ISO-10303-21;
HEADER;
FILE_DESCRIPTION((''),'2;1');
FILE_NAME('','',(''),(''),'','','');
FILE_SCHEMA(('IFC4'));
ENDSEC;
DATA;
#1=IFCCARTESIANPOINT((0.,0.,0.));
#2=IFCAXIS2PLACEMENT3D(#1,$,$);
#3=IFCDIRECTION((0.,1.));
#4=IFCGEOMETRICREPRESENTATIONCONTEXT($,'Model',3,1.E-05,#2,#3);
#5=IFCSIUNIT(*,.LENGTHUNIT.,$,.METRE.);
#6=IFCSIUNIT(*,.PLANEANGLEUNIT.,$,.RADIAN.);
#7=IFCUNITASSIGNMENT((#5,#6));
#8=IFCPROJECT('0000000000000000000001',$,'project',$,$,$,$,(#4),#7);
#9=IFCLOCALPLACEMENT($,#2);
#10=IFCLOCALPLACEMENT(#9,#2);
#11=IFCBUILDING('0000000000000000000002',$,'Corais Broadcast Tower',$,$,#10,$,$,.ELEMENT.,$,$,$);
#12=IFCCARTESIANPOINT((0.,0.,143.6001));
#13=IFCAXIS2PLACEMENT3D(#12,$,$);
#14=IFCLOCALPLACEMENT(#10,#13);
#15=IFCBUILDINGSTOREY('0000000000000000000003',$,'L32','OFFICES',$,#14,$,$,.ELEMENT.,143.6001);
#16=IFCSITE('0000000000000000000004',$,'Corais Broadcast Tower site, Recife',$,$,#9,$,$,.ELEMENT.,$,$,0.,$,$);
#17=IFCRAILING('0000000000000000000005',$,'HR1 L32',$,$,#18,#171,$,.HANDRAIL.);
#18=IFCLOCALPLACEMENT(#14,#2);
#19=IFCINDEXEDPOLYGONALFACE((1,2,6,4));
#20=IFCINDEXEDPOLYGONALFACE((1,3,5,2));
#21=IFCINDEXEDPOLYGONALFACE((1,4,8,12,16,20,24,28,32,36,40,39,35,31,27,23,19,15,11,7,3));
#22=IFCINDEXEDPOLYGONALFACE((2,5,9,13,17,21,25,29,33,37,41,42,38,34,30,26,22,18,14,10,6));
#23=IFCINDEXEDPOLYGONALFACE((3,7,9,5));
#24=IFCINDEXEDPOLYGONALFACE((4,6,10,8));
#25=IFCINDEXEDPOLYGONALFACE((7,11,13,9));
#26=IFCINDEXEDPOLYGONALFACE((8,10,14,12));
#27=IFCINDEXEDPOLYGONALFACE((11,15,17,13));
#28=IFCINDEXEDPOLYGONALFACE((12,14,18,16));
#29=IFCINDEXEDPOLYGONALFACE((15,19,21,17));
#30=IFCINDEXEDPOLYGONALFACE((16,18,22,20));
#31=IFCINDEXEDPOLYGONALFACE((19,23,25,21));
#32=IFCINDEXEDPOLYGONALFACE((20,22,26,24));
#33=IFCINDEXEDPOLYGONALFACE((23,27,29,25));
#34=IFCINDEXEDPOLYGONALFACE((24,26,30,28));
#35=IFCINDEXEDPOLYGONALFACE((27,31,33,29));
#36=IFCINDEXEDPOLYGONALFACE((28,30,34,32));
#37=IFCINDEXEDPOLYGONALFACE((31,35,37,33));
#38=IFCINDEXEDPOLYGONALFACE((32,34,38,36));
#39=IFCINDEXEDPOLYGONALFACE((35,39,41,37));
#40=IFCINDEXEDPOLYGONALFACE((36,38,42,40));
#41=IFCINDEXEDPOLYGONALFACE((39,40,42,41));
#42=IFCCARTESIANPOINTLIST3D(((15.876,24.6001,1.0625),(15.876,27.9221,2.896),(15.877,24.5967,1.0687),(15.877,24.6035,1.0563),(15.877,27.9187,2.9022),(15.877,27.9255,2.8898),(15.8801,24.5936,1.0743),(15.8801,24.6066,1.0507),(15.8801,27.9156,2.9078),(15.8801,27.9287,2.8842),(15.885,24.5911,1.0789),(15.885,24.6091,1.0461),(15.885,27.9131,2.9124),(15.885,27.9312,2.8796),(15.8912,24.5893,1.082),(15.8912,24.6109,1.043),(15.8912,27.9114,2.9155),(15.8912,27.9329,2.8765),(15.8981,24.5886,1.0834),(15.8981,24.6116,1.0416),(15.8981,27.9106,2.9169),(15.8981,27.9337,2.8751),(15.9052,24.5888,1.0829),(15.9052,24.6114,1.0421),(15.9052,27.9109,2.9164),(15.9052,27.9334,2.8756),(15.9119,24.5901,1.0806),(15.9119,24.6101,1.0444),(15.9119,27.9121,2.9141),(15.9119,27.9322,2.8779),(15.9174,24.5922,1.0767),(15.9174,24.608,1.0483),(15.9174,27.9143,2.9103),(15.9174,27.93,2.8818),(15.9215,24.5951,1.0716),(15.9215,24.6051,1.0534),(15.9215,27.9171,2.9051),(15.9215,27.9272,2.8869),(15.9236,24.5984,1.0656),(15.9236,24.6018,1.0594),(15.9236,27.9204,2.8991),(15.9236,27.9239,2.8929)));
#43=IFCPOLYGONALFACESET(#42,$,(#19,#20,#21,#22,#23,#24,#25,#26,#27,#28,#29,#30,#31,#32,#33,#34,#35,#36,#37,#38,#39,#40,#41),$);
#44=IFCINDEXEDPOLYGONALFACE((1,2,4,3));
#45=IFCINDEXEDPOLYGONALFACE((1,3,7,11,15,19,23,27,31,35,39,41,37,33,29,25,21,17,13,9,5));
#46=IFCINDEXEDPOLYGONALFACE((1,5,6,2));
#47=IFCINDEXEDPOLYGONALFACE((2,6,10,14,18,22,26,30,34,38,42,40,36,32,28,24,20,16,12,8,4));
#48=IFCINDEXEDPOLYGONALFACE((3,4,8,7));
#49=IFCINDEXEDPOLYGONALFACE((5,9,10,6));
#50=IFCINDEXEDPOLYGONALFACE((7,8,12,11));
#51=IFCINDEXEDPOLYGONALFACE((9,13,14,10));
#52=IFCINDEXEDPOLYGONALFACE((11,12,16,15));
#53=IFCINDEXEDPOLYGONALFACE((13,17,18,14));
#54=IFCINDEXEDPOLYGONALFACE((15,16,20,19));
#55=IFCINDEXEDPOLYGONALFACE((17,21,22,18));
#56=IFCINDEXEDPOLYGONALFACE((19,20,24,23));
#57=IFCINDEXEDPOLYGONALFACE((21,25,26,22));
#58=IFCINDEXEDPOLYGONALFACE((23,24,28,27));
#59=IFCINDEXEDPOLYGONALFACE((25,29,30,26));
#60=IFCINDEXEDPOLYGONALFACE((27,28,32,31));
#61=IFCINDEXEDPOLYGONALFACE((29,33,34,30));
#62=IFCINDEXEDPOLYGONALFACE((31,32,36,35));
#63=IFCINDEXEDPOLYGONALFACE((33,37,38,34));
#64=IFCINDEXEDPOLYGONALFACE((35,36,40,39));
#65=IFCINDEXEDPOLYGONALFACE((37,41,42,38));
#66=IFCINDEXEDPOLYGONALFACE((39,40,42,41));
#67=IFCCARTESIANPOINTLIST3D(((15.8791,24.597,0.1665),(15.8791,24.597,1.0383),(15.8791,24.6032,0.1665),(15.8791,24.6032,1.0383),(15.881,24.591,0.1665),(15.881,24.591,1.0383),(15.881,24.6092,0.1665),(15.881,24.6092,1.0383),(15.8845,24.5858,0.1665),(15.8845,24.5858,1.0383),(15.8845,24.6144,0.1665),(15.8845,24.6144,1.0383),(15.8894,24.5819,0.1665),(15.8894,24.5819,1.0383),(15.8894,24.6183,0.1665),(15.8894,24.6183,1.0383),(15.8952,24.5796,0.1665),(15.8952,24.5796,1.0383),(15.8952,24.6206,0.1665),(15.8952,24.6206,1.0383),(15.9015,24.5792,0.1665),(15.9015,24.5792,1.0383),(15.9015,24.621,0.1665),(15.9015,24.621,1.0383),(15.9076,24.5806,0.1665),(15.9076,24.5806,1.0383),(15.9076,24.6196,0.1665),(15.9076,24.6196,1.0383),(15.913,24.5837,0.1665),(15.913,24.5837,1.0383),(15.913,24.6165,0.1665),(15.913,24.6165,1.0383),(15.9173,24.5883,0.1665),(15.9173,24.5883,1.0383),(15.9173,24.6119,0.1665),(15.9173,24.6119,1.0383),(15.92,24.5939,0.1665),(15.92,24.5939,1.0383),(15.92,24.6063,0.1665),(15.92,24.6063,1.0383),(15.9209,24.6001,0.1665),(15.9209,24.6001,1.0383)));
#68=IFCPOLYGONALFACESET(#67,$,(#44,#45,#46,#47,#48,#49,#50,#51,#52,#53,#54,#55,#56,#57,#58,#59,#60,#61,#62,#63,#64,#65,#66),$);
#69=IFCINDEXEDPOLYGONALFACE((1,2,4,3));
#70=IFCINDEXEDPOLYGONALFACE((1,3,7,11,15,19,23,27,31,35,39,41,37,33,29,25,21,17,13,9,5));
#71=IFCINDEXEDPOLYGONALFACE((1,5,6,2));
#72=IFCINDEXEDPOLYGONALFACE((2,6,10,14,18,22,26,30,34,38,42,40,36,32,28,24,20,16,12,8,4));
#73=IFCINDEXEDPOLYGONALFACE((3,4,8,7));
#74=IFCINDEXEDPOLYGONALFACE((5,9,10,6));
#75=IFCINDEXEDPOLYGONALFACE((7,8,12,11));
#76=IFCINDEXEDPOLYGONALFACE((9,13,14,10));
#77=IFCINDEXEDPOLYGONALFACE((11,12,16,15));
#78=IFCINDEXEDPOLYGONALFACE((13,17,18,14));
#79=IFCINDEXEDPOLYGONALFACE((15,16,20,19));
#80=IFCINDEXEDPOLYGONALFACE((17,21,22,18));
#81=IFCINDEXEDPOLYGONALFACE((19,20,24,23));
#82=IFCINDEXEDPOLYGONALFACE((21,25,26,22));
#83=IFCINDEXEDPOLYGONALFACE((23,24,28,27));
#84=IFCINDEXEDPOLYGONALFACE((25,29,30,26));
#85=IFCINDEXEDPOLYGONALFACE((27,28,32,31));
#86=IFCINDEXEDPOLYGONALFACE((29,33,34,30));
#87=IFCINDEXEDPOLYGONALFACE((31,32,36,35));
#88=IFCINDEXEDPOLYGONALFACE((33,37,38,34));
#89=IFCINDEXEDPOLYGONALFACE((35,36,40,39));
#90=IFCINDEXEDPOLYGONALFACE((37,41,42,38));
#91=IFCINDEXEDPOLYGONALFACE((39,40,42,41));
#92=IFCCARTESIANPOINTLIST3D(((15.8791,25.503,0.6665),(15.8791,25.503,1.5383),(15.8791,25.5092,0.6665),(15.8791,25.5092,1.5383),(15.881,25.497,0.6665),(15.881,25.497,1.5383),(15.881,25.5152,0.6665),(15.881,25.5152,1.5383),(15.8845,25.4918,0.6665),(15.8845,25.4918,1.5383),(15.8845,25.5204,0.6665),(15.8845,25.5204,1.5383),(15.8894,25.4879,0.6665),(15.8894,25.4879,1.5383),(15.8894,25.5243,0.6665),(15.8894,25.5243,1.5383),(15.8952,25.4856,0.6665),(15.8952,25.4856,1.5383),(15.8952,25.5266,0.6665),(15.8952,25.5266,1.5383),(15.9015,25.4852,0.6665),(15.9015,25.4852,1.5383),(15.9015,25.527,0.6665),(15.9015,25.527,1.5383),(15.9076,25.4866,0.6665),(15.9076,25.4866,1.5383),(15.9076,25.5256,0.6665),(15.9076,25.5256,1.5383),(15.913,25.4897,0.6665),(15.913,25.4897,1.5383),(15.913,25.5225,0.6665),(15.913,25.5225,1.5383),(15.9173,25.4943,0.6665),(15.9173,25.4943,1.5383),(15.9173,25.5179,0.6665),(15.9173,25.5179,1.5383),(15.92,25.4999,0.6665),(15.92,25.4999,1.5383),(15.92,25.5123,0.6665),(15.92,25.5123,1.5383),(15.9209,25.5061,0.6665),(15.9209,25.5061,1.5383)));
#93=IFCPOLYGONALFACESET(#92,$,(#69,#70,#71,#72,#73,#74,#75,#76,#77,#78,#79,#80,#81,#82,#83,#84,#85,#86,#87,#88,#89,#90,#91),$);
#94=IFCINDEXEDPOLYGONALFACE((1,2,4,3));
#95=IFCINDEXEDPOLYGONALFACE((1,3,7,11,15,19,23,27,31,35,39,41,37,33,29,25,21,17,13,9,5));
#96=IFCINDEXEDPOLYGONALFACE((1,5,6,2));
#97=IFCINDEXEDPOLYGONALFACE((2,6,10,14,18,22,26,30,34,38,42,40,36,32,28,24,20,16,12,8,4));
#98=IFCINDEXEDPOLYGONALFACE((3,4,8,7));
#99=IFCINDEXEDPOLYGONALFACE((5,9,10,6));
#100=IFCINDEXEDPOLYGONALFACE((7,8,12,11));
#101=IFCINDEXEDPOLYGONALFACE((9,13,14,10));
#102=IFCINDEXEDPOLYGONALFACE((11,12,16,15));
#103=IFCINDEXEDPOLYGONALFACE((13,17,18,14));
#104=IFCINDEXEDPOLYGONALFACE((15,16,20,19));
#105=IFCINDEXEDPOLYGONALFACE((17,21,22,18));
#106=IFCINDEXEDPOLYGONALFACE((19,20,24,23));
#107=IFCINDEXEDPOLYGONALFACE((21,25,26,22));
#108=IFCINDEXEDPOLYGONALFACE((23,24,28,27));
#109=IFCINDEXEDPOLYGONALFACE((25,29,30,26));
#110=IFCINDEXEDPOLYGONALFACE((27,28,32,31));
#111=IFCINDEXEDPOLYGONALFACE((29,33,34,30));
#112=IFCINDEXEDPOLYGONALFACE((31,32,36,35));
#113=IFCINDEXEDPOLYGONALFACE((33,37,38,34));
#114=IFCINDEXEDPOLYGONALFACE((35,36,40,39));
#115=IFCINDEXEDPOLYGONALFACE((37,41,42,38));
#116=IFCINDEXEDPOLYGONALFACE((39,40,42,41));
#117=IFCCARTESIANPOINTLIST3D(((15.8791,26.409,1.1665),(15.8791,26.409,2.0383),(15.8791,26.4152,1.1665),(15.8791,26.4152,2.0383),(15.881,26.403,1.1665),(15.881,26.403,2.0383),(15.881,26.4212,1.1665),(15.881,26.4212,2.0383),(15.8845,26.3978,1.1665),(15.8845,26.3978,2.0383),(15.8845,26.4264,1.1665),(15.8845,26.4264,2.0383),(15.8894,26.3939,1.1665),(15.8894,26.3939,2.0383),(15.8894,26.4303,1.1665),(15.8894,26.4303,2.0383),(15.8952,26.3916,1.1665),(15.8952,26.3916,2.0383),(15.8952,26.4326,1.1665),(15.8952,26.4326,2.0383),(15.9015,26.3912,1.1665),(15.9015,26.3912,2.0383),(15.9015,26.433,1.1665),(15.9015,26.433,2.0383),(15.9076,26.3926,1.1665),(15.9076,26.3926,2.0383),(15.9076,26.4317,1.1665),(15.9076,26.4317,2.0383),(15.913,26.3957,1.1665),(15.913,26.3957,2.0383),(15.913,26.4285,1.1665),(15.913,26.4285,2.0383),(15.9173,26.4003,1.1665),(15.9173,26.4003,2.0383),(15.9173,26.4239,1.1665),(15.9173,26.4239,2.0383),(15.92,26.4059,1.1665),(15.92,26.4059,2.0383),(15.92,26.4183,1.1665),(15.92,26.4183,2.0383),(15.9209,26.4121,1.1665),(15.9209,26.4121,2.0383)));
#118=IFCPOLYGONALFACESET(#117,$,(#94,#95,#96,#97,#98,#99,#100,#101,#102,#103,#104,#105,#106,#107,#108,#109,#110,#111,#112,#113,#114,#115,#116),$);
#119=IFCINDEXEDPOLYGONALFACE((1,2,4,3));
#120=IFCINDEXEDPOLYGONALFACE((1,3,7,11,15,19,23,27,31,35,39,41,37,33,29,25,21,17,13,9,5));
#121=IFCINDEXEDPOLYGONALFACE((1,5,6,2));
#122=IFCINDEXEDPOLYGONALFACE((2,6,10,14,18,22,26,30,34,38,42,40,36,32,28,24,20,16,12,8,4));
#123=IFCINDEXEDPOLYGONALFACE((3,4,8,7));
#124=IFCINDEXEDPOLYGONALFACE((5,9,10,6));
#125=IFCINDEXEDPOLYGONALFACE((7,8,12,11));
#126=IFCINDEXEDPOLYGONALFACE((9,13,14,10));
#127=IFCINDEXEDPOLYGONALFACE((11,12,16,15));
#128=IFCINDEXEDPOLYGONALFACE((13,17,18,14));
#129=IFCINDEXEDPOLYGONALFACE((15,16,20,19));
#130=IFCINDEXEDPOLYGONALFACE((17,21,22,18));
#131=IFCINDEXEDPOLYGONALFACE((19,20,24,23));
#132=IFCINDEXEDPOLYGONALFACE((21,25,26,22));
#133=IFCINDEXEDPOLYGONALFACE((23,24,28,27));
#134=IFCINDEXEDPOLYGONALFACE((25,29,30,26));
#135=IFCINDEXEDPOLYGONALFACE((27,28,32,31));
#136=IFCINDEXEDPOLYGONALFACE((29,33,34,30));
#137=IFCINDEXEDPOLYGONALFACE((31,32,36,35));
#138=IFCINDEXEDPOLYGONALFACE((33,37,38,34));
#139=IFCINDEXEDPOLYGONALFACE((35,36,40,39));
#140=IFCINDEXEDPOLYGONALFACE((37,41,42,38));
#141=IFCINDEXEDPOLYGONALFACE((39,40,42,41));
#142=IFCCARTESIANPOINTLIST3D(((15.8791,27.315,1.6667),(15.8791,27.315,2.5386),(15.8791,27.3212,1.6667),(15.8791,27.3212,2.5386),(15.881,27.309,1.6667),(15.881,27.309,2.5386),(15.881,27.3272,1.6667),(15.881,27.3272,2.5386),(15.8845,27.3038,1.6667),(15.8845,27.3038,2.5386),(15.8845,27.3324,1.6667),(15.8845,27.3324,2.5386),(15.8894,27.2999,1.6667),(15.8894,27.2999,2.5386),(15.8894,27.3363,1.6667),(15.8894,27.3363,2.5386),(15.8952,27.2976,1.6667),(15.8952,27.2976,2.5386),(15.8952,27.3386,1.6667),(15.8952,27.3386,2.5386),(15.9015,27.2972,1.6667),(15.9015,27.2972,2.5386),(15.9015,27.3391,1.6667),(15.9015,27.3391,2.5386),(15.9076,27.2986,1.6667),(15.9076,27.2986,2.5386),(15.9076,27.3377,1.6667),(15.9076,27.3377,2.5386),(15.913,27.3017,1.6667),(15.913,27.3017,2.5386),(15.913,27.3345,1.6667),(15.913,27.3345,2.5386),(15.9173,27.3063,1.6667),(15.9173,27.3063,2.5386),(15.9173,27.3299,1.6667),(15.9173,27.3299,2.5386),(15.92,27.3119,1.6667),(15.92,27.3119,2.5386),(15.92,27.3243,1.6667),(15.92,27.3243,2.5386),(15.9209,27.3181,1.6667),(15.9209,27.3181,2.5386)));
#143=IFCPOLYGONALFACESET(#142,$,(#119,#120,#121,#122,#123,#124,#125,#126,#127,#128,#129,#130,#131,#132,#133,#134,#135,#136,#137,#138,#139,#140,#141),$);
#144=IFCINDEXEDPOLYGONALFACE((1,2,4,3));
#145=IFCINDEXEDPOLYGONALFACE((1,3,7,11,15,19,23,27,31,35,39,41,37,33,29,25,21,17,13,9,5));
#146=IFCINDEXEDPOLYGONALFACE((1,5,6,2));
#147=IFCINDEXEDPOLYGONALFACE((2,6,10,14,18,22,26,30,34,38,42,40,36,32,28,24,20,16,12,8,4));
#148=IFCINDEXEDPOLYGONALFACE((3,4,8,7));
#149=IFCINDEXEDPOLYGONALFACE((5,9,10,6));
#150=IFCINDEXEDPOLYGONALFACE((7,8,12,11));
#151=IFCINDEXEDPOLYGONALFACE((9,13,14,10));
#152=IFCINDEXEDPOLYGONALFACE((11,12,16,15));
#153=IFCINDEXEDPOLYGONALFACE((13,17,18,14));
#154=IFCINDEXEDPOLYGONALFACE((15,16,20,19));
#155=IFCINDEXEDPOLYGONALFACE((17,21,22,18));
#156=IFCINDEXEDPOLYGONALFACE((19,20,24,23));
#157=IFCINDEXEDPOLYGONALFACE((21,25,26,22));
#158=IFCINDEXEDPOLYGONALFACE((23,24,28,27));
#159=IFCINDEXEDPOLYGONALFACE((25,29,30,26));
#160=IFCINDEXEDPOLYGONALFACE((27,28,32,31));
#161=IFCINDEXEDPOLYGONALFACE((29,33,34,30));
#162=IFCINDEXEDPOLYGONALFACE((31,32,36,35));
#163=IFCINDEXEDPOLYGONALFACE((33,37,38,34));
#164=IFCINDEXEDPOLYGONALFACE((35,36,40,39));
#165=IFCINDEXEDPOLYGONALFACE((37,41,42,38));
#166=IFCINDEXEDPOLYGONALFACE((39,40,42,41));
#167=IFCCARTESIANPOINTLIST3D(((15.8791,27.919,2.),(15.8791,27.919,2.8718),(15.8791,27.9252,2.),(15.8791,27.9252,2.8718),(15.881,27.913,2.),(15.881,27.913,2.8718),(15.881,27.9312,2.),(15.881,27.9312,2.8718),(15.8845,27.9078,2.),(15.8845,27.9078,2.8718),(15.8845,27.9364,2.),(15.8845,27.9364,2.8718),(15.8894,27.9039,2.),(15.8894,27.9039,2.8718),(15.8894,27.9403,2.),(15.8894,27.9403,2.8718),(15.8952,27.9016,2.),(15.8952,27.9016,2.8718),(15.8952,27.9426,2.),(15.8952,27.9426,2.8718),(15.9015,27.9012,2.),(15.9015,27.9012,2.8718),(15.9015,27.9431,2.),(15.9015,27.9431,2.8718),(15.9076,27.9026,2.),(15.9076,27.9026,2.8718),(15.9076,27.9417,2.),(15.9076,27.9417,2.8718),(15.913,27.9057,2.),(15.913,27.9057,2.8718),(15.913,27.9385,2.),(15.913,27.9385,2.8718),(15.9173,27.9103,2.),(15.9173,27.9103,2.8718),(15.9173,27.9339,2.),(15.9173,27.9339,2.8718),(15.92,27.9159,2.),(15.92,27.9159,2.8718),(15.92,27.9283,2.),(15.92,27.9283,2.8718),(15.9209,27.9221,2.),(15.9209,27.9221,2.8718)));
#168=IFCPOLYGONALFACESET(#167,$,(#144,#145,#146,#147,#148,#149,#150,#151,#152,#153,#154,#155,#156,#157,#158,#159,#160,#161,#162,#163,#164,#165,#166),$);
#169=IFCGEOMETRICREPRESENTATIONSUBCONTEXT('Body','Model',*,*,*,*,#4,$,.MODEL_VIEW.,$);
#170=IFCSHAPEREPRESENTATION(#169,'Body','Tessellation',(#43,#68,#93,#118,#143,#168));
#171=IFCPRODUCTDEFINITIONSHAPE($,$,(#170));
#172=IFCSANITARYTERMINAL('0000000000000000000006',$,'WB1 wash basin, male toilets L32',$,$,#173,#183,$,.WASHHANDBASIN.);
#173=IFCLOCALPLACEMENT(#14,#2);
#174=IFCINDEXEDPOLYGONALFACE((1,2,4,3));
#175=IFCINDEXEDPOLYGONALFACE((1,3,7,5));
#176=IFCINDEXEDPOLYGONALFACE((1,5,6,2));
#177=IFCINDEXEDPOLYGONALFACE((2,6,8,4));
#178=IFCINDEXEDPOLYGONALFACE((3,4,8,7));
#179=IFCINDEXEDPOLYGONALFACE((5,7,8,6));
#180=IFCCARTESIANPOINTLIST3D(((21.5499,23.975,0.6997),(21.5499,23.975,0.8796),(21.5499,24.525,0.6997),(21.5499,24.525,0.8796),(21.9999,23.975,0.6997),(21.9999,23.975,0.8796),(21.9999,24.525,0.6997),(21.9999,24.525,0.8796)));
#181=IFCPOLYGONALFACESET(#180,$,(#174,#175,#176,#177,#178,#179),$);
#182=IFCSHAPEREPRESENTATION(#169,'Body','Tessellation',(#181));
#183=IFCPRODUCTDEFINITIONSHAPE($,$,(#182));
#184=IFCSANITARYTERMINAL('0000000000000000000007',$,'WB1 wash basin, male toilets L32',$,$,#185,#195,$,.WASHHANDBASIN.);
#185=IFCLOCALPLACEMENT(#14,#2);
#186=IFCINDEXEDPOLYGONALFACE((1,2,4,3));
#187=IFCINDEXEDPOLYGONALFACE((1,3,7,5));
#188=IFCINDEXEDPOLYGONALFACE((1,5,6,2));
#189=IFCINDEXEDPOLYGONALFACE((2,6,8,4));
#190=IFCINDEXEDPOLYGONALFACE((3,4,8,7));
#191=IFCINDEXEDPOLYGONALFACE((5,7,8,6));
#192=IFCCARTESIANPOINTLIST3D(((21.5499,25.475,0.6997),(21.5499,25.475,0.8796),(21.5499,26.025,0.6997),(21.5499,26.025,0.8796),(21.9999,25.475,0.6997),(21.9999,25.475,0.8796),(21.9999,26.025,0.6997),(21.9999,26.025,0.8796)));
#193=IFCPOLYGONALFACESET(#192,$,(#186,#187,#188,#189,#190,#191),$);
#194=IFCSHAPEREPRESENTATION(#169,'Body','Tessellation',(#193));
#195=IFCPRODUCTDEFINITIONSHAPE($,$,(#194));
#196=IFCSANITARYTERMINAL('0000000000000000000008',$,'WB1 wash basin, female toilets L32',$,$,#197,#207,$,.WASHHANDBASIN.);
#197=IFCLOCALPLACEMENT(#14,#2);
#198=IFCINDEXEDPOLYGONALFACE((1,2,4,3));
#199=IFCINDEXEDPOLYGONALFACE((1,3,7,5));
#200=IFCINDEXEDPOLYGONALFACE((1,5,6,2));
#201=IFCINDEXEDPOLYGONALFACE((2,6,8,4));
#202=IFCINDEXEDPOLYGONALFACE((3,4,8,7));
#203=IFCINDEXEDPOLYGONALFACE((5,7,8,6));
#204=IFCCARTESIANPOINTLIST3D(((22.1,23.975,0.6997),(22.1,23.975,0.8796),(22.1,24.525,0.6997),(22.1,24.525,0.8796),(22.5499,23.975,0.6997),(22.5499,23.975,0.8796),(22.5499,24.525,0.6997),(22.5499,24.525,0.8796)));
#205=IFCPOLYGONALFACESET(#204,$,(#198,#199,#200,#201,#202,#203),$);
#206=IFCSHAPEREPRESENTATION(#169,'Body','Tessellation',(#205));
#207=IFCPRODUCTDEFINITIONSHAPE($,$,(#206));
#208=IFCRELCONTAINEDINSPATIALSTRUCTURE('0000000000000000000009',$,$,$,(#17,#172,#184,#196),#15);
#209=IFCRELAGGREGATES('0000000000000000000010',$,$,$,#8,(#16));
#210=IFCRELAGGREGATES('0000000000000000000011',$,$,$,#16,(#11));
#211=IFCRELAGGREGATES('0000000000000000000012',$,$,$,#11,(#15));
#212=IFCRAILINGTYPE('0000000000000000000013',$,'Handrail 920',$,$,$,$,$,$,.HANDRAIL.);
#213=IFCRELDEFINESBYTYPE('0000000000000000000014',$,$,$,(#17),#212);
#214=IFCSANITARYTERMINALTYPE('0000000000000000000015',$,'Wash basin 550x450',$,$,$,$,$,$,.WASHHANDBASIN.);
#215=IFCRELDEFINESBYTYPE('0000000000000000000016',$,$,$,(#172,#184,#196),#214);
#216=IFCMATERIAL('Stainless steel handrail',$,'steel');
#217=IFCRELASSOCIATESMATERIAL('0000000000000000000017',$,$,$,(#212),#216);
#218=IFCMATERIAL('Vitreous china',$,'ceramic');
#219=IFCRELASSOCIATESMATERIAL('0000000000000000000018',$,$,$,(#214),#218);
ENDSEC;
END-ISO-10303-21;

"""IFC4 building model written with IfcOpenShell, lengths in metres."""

from ifc_helpers import new_model, si_unit, direction, frame, origin, origin_2d, place, context, subcontext, project, spatial, rectangle, circle, extrude, material, type_object, element, save


model = new_model("IFC4")

# Units and contexts
model_context = context("Model", 3, precision=1e-05, world=origin(), true_north=direction((0.0, 1.0)))
body_context = subcontext(model_context, "Body", "Model", "MODEL_VIEW")
ifc_project = project(units=[si_unit("LENGTHUNIT", "METRE"), si_unit("PLANEANGLEUNIT", "RADIAN")], contexts=[model_context])

# Site, building, storey
site_placement = place(None, origin())
site = spatial("IfcSite", under=ifc_project, at=site_placement, Name="Corais Broadcast Tower site, Recife", CompositionType="ELEMENT", RefElevation=0.0)
building_placement = place(site_placement, origin())
building = spatial("IfcBuilding", under=site, at=building_placement, Name="Corais Broadcast Tower", CompositionType="ELEMENT")
storey_placement = place(building_placement, frame((0.0, 0.0, 143.6001)))
storey = spatial("IfcBuildingStorey", under=building, at=storey_placement, Name="L32", Description="OFFICES", CompositionType="ELEMENT", Elevation=143.6001)

# Railing
ifc_material_1 = material(Name="Stainless steel handrail", Category="steel")
railing_type = type_object("IfcRailingType", Name="Handrail 920", PredefinedType="HANDRAIL", material=ifc_material_1)
for number, where, name in (
    (1, (15.8999, 24.6001, 0.1665), "HR1 L32"),
):
    element("IfcRailing", number, at=place(storey_placement, frame(where)), inside=storey, type_object=railing_type, Name=name, PredefinedType="HANDRAIL", context=body_context, shape_type="SweptSolid", body=[
        extrude(circle(Radius=0.0239, at=origin_2d()), frame((0.0, 0.0, 0.896), z_axis=(0.0, 0.875504, 0.48321), x_axis=(-1.0, 0.0, 0.0)), (0.0, 0.0, 1.0), 3.7944),
        extrude(circle(Radius=0.021, at=origin_2d()), origin(), (0.0, 0.0, 1.0), 0.8718),
        extrude(circle(Radius=0.021, at=origin_2d()), frame((0.0, 0.906, 0.5)), (0.0, 0.0, 1.0), 0.8718),
        extrude(circle(Radius=0.021, at=origin_2d()), frame((0.0, 1.812, 1.0)), (0.0, 0.0, 1.0), 0.8718),
        extrude(circle(Radius=0.021, at=origin_2d()), frame((0.0, 2.718, 1.5002)), (0.0, 0.0, 1.0), 0.8718),
        extrude(circle(Radius=0.021, at=origin_2d()), frame((0.0, 3.322, 1.8335)), (0.0, 0.0, 1.0), 0.8718),
    ])

# Sanitary terminals
ifc_material_2 = material(Name="Vitreous china", Category="ceramic")
sanitary_terminal_type = type_object("IfcSanitaryTerminalType", Name="Wash basin 550x450", PredefinedType="WASHHANDBASIN", material=ifc_material_2)
for number, where, z_axis, x_axis, name in (
    (2, (21.7749, 24.25, 0.6997), (0.0, 0.0, 1.0), (1.0, 0.0, 0.0), "WB1 wash basin, male toilets L32"),
    (3, (21.7749, 25.75, 0.6997), (0.0, 0.0, 1.0), (1.0, 0.0, 0.0), "WB1 wash basin, male toilets L32"),
    (4, (22.325, 24.25, 0.6997), (0.0, 0.0, 1.0), (1.0, 0.0, 0.0), "WB1 wash basin, female toilets L32"),
):
    element("IfcSanitaryTerminal", number, at=place(storey_placement, frame(where, z_axis=z_axis, x_axis=x_axis)), inside=storey, type_object=sanitary_terminal_type, Name=name, PredefinedType="WASHHANDBASIN", context=body_context, shape_type="SweptSolid", body=[
        extrude(rectangle(XDim=0.45, YDim=0.55, at=origin_2d()), origin(), (0.0, 0.0, 1.0), 0.1799),
    ])

save(model, "model.ifc")
